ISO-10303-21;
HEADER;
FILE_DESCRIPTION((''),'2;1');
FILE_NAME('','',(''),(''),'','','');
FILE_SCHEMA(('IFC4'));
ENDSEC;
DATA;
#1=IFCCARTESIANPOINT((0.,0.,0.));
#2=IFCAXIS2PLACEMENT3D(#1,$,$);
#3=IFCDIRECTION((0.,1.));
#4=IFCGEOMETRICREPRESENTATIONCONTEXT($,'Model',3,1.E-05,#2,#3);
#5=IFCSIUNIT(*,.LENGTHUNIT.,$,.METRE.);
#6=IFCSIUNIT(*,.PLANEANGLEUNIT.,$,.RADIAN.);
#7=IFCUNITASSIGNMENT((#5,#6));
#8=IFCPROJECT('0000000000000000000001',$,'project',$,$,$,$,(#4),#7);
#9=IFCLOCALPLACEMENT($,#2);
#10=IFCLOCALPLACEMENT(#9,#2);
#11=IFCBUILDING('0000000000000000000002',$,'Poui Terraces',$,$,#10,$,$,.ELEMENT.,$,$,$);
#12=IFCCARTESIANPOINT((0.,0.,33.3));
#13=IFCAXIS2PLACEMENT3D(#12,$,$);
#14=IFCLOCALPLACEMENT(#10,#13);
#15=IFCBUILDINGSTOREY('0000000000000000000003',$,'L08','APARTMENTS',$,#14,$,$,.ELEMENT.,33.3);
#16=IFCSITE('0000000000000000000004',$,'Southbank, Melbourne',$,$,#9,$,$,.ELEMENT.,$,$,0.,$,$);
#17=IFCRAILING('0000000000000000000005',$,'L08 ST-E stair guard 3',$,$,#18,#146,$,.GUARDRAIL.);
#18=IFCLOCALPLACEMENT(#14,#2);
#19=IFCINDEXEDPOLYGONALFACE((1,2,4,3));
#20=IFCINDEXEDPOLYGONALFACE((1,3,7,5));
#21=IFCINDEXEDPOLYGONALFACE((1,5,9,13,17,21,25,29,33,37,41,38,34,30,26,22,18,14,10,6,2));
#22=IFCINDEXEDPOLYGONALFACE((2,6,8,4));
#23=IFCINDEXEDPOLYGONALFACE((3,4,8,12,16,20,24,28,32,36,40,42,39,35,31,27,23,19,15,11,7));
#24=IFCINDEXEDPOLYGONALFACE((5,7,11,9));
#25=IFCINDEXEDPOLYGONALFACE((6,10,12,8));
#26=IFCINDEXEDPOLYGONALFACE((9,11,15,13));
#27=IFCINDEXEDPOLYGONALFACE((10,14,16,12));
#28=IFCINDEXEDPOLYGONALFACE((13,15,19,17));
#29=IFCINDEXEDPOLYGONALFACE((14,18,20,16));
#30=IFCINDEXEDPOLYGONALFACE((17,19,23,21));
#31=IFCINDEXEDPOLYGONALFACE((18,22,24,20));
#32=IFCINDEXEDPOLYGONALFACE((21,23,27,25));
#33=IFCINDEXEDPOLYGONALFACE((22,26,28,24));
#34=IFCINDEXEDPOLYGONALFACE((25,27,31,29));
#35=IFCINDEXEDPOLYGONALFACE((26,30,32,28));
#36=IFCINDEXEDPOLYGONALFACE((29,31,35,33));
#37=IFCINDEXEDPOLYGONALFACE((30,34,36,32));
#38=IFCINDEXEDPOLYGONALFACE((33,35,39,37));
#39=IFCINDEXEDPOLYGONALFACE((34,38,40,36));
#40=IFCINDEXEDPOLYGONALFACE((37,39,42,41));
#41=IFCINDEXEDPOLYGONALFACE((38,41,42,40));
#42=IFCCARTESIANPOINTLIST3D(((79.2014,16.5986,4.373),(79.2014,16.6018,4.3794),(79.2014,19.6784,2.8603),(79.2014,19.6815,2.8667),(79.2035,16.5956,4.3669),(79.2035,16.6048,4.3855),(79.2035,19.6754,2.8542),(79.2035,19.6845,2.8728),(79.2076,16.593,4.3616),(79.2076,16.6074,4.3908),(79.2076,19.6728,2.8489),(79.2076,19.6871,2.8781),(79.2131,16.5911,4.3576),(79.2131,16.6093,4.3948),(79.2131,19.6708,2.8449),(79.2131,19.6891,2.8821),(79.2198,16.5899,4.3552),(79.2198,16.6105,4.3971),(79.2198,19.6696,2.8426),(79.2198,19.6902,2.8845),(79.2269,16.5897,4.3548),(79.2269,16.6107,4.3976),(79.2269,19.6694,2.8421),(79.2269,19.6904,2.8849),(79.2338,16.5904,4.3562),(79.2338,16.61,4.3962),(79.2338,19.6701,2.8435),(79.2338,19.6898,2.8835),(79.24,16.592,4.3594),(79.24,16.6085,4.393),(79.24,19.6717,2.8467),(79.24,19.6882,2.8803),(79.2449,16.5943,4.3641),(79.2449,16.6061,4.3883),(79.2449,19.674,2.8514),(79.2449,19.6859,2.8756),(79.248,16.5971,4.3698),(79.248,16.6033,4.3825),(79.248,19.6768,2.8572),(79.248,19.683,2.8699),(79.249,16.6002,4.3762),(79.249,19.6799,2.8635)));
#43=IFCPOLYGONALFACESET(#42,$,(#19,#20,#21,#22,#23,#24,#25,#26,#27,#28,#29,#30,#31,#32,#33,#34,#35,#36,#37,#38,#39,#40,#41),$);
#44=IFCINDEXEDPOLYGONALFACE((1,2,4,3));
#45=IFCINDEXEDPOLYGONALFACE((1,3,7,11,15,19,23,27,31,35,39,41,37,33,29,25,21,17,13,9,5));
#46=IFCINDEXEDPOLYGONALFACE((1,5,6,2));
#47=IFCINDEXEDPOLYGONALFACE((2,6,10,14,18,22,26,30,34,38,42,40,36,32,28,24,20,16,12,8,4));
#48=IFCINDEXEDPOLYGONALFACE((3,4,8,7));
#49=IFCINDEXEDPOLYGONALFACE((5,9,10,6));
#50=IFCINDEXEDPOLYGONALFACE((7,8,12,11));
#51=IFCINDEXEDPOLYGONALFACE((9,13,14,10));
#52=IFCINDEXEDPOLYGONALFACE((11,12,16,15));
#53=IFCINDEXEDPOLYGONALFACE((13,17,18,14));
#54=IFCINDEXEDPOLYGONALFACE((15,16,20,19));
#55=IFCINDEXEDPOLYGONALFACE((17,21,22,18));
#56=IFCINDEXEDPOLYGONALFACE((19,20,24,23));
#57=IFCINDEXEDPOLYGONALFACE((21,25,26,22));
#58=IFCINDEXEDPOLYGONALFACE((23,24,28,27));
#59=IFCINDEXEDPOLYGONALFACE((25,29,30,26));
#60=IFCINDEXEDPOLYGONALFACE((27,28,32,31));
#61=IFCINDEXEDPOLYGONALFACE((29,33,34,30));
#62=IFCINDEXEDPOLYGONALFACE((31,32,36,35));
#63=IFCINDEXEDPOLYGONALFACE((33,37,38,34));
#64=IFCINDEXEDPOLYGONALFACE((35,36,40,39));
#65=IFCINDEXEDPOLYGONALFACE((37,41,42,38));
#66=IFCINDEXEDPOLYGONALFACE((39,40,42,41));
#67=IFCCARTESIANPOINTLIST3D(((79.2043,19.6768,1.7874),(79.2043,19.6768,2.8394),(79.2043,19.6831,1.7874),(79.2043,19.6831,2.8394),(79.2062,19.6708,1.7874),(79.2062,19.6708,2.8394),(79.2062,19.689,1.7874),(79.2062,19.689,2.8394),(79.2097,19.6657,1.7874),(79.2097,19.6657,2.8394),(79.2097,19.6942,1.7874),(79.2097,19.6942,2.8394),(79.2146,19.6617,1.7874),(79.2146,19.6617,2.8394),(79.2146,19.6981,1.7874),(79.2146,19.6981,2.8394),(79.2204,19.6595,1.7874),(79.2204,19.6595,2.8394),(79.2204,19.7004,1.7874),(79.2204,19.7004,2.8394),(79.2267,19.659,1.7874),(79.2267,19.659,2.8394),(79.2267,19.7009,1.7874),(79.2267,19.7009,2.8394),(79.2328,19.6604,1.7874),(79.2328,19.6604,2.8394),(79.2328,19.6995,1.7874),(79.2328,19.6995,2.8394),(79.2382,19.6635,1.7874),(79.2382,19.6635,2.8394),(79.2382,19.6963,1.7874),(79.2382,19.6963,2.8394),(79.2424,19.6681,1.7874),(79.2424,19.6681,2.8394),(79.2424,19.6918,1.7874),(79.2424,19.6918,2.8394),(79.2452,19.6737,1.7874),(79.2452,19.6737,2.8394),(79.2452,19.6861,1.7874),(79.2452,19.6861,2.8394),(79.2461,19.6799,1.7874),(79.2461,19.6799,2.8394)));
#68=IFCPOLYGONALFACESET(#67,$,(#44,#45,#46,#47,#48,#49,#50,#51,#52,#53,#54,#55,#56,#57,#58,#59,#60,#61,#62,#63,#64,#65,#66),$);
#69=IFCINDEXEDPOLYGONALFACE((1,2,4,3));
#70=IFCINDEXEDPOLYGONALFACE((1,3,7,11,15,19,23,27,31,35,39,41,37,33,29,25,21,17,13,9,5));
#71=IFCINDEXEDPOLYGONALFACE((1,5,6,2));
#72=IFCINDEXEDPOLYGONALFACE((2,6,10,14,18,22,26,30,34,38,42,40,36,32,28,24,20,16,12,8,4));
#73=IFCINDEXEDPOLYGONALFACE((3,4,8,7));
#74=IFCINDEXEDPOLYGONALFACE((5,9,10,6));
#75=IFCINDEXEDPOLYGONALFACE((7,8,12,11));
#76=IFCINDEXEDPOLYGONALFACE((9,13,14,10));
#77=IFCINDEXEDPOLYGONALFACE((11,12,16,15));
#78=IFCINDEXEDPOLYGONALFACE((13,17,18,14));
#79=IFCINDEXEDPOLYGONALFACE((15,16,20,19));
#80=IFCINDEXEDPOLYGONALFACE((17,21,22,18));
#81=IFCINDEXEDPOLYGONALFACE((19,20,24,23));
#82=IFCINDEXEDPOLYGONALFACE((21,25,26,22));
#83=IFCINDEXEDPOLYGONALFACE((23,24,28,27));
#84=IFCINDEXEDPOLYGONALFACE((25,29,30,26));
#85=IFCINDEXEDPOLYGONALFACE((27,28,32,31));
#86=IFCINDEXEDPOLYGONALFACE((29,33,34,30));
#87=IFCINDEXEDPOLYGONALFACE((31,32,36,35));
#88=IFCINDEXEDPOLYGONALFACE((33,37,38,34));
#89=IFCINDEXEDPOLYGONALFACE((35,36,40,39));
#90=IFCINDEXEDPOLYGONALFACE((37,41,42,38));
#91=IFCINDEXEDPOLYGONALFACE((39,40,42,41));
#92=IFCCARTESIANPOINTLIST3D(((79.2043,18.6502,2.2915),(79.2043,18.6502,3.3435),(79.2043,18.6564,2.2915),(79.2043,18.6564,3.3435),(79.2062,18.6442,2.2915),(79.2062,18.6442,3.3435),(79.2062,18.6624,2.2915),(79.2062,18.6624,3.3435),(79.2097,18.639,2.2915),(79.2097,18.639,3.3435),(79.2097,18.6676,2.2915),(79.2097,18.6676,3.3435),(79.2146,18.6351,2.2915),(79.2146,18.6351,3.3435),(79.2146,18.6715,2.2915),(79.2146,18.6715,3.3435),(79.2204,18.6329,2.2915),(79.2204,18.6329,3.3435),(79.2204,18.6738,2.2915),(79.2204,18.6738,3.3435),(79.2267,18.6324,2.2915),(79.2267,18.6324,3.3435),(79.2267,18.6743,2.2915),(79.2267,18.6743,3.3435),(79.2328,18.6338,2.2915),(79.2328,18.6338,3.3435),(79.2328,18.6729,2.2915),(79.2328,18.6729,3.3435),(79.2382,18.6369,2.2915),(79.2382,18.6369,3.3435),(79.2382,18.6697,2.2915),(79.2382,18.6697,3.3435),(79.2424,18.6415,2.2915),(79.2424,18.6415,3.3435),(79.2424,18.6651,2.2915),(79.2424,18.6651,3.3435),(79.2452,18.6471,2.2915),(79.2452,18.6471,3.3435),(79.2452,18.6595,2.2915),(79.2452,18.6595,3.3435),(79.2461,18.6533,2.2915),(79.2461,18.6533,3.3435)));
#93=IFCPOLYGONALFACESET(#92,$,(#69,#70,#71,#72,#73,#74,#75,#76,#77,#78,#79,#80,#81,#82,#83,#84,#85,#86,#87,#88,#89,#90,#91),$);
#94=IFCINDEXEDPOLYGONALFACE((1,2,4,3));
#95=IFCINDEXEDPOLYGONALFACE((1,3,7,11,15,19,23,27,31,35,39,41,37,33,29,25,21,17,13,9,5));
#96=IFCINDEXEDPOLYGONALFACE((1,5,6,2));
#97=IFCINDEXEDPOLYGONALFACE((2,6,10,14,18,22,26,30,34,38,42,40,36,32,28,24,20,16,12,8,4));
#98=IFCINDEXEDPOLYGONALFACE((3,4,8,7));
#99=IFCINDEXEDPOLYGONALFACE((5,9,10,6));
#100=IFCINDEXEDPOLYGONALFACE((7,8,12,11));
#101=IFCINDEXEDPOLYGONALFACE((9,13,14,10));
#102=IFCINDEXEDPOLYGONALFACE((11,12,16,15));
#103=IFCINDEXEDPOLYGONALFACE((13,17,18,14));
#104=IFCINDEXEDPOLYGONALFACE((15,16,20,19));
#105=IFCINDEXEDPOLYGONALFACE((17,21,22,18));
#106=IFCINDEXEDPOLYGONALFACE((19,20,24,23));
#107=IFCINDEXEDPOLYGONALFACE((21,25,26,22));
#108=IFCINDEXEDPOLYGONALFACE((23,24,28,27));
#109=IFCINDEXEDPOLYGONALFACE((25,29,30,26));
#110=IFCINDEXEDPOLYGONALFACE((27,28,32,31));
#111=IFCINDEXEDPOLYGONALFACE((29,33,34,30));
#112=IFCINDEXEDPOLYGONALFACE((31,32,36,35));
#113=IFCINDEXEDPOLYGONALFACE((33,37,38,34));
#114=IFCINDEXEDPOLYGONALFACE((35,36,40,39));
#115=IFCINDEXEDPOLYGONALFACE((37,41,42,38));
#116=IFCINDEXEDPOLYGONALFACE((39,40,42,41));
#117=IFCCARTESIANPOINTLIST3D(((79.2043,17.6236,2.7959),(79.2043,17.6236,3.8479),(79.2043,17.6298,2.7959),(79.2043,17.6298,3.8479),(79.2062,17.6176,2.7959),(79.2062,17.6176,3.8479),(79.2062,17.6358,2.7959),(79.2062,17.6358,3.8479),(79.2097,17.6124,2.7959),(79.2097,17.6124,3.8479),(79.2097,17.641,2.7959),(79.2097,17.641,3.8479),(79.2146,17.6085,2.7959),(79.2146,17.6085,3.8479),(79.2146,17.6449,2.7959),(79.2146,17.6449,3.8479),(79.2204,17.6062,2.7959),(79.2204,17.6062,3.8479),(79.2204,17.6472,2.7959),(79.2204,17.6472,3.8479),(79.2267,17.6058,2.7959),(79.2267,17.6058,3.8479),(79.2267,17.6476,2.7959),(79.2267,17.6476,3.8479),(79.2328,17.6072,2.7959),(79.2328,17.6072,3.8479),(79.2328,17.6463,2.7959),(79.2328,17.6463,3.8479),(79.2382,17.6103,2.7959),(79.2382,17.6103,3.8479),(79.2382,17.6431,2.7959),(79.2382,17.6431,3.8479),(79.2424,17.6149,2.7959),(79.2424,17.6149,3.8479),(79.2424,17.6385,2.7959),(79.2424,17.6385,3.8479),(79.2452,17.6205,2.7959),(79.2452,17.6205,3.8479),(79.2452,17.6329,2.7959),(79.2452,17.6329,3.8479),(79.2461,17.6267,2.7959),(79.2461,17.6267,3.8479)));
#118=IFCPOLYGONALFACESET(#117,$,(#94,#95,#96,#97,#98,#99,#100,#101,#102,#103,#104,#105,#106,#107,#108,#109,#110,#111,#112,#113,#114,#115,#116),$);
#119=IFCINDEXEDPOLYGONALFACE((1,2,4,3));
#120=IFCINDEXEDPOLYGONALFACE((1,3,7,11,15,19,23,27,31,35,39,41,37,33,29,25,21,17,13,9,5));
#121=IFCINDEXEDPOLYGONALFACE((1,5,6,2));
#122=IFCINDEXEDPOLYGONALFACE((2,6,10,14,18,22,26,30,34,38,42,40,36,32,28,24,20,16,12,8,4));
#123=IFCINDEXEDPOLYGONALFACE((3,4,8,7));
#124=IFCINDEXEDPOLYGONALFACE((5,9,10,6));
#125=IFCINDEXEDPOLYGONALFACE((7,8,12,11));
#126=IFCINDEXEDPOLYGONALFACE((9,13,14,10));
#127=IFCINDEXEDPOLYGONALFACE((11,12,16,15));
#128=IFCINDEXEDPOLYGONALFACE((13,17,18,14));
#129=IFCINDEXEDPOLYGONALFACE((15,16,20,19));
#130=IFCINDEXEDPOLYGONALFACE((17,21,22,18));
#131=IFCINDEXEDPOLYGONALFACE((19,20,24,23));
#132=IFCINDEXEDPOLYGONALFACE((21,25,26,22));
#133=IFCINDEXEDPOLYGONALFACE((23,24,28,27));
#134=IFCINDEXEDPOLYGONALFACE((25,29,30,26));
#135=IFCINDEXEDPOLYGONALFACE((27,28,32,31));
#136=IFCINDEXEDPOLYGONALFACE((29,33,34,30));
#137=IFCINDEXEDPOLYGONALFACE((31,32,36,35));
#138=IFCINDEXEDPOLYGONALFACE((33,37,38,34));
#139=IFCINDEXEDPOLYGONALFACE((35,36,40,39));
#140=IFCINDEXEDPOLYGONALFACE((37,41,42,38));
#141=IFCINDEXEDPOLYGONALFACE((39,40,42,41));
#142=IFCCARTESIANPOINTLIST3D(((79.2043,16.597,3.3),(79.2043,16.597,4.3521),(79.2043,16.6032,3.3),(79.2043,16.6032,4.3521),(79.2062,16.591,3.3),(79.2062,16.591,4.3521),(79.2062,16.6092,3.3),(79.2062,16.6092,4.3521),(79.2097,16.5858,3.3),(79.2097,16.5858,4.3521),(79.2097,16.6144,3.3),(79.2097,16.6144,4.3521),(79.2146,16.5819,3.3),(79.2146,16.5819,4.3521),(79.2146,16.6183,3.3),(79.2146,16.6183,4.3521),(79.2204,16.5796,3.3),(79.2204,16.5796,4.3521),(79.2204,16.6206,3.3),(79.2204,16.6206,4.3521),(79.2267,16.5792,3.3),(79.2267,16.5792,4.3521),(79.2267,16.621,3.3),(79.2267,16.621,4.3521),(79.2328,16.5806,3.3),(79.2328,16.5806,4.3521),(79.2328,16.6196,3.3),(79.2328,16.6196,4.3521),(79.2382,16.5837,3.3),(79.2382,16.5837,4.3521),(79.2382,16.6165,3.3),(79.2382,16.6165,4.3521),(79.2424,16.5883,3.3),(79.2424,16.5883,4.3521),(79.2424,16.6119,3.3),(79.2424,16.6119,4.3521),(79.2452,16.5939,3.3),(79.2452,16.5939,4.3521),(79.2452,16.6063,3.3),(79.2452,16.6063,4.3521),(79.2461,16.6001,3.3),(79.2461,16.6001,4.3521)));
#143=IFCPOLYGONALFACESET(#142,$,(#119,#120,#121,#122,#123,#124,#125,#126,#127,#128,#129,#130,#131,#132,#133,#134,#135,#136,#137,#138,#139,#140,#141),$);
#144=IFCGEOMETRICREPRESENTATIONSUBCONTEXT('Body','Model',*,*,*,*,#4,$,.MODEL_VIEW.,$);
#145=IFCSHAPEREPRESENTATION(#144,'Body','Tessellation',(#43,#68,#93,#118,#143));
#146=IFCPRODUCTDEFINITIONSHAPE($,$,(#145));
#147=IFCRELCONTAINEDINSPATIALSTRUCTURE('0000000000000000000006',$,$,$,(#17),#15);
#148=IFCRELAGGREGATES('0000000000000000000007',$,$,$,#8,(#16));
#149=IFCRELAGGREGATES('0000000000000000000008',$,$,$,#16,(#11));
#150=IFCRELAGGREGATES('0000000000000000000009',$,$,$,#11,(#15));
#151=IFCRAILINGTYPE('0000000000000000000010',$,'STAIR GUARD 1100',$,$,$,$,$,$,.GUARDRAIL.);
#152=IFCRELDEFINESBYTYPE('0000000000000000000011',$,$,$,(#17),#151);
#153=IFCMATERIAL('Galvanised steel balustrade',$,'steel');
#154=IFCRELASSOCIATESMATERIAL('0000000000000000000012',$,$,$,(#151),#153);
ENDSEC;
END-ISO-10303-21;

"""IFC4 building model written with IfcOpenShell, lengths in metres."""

from ifc_helpers import new_model, si_unit, direction, frame, origin, origin_2d, place, context, subcontext, project, spatial, circle, extrude, material, type_object, element, save


model = new_model("IFC4")

# Units and contexts
model_context = context("Model", 3, precision=1e-05, world=origin(), true_north=direction((0.0, 1.0)))
body_context = subcontext(model_context, "Body", "Model", "MODEL_VIEW")
ifc_project = project(units=[si_unit("LENGTHUNIT", "METRE"), si_unit("PLANEANGLEUNIT", "RADIAN")], contexts=[model_context])

# Site, building, storey
site_placement = place(None, origin())
site = spatial("IfcSite", under=ifc_project, at=site_placement, Name="Southbank, Melbourne", CompositionType="ELEMENT", RefElevation=0.0)
building_placement = place(site_placement, origin())
building = spatial("IfcBuilding", under=site, at=building_placement, Name="Poui Terraces", CompositionType="ELEMENT")
storey_placement = place(building_placement, frame((0.0, 0.0, 33.3)))
storey = spatial("IfcBuildingStorey", under=building, at=storey_placement, Name="L08", Description="APARTMENTS", CompositionType="ELEMENT", Elevation=33.3)

# Railing
ifc_material_1 = material(Name="Galvanised steel balustrade", Category="steel")
railing_type_1 = type_object("IfcRailingType", Name="STAIR GUARD 1100", PredefinedType="GUARDRAIL", material=ifc_material_1)
railing_1_placement = place(storey_placement, frame((79.2251, 19.6799, 1.7874)))
element("IfcRailing", 1, at=railing_1_placement, inside=storey, type_object=railing_type_1, Name="L08 ST-E stair guard 3", PredefinedType="GUARDRAIL", context=body_context, shape_type="SweptSolid", body=[
    extrude(circle(Radius=0.0239, at=origin_2d()), frame((0.0, 0.0, 1.0762), z_axis=(0.0, -0.897578, 0.440856), x_axis=(1.0, 0.0, 0.0)), (0.0, 0.0, 1.0), 3.4312),
    extrude(circle(Radius=0.021, at=origin_2d()), origin(), (0.0, 0.0, 1.0), 1.052),
    extrude(circle(Radius=0.021, at=origin_2d()), frame((0.0, -1.0266, 0.5042)), (0.0, 0.0, 1.0), 1.052),
    extrude(circle(Radius=0.021, at=origin_2d()), frame((0.0, -2.0532, 1.0085)), (0.0, 0.0, 1.0), 1.052),
    extrude(circle(Radius=0.021, at=origin_2d()), frame((0.0, -3.0798, 1.5127)), (0.0, 0.0, 1.0), 1.052),
])

save(model, "model.ifc")
